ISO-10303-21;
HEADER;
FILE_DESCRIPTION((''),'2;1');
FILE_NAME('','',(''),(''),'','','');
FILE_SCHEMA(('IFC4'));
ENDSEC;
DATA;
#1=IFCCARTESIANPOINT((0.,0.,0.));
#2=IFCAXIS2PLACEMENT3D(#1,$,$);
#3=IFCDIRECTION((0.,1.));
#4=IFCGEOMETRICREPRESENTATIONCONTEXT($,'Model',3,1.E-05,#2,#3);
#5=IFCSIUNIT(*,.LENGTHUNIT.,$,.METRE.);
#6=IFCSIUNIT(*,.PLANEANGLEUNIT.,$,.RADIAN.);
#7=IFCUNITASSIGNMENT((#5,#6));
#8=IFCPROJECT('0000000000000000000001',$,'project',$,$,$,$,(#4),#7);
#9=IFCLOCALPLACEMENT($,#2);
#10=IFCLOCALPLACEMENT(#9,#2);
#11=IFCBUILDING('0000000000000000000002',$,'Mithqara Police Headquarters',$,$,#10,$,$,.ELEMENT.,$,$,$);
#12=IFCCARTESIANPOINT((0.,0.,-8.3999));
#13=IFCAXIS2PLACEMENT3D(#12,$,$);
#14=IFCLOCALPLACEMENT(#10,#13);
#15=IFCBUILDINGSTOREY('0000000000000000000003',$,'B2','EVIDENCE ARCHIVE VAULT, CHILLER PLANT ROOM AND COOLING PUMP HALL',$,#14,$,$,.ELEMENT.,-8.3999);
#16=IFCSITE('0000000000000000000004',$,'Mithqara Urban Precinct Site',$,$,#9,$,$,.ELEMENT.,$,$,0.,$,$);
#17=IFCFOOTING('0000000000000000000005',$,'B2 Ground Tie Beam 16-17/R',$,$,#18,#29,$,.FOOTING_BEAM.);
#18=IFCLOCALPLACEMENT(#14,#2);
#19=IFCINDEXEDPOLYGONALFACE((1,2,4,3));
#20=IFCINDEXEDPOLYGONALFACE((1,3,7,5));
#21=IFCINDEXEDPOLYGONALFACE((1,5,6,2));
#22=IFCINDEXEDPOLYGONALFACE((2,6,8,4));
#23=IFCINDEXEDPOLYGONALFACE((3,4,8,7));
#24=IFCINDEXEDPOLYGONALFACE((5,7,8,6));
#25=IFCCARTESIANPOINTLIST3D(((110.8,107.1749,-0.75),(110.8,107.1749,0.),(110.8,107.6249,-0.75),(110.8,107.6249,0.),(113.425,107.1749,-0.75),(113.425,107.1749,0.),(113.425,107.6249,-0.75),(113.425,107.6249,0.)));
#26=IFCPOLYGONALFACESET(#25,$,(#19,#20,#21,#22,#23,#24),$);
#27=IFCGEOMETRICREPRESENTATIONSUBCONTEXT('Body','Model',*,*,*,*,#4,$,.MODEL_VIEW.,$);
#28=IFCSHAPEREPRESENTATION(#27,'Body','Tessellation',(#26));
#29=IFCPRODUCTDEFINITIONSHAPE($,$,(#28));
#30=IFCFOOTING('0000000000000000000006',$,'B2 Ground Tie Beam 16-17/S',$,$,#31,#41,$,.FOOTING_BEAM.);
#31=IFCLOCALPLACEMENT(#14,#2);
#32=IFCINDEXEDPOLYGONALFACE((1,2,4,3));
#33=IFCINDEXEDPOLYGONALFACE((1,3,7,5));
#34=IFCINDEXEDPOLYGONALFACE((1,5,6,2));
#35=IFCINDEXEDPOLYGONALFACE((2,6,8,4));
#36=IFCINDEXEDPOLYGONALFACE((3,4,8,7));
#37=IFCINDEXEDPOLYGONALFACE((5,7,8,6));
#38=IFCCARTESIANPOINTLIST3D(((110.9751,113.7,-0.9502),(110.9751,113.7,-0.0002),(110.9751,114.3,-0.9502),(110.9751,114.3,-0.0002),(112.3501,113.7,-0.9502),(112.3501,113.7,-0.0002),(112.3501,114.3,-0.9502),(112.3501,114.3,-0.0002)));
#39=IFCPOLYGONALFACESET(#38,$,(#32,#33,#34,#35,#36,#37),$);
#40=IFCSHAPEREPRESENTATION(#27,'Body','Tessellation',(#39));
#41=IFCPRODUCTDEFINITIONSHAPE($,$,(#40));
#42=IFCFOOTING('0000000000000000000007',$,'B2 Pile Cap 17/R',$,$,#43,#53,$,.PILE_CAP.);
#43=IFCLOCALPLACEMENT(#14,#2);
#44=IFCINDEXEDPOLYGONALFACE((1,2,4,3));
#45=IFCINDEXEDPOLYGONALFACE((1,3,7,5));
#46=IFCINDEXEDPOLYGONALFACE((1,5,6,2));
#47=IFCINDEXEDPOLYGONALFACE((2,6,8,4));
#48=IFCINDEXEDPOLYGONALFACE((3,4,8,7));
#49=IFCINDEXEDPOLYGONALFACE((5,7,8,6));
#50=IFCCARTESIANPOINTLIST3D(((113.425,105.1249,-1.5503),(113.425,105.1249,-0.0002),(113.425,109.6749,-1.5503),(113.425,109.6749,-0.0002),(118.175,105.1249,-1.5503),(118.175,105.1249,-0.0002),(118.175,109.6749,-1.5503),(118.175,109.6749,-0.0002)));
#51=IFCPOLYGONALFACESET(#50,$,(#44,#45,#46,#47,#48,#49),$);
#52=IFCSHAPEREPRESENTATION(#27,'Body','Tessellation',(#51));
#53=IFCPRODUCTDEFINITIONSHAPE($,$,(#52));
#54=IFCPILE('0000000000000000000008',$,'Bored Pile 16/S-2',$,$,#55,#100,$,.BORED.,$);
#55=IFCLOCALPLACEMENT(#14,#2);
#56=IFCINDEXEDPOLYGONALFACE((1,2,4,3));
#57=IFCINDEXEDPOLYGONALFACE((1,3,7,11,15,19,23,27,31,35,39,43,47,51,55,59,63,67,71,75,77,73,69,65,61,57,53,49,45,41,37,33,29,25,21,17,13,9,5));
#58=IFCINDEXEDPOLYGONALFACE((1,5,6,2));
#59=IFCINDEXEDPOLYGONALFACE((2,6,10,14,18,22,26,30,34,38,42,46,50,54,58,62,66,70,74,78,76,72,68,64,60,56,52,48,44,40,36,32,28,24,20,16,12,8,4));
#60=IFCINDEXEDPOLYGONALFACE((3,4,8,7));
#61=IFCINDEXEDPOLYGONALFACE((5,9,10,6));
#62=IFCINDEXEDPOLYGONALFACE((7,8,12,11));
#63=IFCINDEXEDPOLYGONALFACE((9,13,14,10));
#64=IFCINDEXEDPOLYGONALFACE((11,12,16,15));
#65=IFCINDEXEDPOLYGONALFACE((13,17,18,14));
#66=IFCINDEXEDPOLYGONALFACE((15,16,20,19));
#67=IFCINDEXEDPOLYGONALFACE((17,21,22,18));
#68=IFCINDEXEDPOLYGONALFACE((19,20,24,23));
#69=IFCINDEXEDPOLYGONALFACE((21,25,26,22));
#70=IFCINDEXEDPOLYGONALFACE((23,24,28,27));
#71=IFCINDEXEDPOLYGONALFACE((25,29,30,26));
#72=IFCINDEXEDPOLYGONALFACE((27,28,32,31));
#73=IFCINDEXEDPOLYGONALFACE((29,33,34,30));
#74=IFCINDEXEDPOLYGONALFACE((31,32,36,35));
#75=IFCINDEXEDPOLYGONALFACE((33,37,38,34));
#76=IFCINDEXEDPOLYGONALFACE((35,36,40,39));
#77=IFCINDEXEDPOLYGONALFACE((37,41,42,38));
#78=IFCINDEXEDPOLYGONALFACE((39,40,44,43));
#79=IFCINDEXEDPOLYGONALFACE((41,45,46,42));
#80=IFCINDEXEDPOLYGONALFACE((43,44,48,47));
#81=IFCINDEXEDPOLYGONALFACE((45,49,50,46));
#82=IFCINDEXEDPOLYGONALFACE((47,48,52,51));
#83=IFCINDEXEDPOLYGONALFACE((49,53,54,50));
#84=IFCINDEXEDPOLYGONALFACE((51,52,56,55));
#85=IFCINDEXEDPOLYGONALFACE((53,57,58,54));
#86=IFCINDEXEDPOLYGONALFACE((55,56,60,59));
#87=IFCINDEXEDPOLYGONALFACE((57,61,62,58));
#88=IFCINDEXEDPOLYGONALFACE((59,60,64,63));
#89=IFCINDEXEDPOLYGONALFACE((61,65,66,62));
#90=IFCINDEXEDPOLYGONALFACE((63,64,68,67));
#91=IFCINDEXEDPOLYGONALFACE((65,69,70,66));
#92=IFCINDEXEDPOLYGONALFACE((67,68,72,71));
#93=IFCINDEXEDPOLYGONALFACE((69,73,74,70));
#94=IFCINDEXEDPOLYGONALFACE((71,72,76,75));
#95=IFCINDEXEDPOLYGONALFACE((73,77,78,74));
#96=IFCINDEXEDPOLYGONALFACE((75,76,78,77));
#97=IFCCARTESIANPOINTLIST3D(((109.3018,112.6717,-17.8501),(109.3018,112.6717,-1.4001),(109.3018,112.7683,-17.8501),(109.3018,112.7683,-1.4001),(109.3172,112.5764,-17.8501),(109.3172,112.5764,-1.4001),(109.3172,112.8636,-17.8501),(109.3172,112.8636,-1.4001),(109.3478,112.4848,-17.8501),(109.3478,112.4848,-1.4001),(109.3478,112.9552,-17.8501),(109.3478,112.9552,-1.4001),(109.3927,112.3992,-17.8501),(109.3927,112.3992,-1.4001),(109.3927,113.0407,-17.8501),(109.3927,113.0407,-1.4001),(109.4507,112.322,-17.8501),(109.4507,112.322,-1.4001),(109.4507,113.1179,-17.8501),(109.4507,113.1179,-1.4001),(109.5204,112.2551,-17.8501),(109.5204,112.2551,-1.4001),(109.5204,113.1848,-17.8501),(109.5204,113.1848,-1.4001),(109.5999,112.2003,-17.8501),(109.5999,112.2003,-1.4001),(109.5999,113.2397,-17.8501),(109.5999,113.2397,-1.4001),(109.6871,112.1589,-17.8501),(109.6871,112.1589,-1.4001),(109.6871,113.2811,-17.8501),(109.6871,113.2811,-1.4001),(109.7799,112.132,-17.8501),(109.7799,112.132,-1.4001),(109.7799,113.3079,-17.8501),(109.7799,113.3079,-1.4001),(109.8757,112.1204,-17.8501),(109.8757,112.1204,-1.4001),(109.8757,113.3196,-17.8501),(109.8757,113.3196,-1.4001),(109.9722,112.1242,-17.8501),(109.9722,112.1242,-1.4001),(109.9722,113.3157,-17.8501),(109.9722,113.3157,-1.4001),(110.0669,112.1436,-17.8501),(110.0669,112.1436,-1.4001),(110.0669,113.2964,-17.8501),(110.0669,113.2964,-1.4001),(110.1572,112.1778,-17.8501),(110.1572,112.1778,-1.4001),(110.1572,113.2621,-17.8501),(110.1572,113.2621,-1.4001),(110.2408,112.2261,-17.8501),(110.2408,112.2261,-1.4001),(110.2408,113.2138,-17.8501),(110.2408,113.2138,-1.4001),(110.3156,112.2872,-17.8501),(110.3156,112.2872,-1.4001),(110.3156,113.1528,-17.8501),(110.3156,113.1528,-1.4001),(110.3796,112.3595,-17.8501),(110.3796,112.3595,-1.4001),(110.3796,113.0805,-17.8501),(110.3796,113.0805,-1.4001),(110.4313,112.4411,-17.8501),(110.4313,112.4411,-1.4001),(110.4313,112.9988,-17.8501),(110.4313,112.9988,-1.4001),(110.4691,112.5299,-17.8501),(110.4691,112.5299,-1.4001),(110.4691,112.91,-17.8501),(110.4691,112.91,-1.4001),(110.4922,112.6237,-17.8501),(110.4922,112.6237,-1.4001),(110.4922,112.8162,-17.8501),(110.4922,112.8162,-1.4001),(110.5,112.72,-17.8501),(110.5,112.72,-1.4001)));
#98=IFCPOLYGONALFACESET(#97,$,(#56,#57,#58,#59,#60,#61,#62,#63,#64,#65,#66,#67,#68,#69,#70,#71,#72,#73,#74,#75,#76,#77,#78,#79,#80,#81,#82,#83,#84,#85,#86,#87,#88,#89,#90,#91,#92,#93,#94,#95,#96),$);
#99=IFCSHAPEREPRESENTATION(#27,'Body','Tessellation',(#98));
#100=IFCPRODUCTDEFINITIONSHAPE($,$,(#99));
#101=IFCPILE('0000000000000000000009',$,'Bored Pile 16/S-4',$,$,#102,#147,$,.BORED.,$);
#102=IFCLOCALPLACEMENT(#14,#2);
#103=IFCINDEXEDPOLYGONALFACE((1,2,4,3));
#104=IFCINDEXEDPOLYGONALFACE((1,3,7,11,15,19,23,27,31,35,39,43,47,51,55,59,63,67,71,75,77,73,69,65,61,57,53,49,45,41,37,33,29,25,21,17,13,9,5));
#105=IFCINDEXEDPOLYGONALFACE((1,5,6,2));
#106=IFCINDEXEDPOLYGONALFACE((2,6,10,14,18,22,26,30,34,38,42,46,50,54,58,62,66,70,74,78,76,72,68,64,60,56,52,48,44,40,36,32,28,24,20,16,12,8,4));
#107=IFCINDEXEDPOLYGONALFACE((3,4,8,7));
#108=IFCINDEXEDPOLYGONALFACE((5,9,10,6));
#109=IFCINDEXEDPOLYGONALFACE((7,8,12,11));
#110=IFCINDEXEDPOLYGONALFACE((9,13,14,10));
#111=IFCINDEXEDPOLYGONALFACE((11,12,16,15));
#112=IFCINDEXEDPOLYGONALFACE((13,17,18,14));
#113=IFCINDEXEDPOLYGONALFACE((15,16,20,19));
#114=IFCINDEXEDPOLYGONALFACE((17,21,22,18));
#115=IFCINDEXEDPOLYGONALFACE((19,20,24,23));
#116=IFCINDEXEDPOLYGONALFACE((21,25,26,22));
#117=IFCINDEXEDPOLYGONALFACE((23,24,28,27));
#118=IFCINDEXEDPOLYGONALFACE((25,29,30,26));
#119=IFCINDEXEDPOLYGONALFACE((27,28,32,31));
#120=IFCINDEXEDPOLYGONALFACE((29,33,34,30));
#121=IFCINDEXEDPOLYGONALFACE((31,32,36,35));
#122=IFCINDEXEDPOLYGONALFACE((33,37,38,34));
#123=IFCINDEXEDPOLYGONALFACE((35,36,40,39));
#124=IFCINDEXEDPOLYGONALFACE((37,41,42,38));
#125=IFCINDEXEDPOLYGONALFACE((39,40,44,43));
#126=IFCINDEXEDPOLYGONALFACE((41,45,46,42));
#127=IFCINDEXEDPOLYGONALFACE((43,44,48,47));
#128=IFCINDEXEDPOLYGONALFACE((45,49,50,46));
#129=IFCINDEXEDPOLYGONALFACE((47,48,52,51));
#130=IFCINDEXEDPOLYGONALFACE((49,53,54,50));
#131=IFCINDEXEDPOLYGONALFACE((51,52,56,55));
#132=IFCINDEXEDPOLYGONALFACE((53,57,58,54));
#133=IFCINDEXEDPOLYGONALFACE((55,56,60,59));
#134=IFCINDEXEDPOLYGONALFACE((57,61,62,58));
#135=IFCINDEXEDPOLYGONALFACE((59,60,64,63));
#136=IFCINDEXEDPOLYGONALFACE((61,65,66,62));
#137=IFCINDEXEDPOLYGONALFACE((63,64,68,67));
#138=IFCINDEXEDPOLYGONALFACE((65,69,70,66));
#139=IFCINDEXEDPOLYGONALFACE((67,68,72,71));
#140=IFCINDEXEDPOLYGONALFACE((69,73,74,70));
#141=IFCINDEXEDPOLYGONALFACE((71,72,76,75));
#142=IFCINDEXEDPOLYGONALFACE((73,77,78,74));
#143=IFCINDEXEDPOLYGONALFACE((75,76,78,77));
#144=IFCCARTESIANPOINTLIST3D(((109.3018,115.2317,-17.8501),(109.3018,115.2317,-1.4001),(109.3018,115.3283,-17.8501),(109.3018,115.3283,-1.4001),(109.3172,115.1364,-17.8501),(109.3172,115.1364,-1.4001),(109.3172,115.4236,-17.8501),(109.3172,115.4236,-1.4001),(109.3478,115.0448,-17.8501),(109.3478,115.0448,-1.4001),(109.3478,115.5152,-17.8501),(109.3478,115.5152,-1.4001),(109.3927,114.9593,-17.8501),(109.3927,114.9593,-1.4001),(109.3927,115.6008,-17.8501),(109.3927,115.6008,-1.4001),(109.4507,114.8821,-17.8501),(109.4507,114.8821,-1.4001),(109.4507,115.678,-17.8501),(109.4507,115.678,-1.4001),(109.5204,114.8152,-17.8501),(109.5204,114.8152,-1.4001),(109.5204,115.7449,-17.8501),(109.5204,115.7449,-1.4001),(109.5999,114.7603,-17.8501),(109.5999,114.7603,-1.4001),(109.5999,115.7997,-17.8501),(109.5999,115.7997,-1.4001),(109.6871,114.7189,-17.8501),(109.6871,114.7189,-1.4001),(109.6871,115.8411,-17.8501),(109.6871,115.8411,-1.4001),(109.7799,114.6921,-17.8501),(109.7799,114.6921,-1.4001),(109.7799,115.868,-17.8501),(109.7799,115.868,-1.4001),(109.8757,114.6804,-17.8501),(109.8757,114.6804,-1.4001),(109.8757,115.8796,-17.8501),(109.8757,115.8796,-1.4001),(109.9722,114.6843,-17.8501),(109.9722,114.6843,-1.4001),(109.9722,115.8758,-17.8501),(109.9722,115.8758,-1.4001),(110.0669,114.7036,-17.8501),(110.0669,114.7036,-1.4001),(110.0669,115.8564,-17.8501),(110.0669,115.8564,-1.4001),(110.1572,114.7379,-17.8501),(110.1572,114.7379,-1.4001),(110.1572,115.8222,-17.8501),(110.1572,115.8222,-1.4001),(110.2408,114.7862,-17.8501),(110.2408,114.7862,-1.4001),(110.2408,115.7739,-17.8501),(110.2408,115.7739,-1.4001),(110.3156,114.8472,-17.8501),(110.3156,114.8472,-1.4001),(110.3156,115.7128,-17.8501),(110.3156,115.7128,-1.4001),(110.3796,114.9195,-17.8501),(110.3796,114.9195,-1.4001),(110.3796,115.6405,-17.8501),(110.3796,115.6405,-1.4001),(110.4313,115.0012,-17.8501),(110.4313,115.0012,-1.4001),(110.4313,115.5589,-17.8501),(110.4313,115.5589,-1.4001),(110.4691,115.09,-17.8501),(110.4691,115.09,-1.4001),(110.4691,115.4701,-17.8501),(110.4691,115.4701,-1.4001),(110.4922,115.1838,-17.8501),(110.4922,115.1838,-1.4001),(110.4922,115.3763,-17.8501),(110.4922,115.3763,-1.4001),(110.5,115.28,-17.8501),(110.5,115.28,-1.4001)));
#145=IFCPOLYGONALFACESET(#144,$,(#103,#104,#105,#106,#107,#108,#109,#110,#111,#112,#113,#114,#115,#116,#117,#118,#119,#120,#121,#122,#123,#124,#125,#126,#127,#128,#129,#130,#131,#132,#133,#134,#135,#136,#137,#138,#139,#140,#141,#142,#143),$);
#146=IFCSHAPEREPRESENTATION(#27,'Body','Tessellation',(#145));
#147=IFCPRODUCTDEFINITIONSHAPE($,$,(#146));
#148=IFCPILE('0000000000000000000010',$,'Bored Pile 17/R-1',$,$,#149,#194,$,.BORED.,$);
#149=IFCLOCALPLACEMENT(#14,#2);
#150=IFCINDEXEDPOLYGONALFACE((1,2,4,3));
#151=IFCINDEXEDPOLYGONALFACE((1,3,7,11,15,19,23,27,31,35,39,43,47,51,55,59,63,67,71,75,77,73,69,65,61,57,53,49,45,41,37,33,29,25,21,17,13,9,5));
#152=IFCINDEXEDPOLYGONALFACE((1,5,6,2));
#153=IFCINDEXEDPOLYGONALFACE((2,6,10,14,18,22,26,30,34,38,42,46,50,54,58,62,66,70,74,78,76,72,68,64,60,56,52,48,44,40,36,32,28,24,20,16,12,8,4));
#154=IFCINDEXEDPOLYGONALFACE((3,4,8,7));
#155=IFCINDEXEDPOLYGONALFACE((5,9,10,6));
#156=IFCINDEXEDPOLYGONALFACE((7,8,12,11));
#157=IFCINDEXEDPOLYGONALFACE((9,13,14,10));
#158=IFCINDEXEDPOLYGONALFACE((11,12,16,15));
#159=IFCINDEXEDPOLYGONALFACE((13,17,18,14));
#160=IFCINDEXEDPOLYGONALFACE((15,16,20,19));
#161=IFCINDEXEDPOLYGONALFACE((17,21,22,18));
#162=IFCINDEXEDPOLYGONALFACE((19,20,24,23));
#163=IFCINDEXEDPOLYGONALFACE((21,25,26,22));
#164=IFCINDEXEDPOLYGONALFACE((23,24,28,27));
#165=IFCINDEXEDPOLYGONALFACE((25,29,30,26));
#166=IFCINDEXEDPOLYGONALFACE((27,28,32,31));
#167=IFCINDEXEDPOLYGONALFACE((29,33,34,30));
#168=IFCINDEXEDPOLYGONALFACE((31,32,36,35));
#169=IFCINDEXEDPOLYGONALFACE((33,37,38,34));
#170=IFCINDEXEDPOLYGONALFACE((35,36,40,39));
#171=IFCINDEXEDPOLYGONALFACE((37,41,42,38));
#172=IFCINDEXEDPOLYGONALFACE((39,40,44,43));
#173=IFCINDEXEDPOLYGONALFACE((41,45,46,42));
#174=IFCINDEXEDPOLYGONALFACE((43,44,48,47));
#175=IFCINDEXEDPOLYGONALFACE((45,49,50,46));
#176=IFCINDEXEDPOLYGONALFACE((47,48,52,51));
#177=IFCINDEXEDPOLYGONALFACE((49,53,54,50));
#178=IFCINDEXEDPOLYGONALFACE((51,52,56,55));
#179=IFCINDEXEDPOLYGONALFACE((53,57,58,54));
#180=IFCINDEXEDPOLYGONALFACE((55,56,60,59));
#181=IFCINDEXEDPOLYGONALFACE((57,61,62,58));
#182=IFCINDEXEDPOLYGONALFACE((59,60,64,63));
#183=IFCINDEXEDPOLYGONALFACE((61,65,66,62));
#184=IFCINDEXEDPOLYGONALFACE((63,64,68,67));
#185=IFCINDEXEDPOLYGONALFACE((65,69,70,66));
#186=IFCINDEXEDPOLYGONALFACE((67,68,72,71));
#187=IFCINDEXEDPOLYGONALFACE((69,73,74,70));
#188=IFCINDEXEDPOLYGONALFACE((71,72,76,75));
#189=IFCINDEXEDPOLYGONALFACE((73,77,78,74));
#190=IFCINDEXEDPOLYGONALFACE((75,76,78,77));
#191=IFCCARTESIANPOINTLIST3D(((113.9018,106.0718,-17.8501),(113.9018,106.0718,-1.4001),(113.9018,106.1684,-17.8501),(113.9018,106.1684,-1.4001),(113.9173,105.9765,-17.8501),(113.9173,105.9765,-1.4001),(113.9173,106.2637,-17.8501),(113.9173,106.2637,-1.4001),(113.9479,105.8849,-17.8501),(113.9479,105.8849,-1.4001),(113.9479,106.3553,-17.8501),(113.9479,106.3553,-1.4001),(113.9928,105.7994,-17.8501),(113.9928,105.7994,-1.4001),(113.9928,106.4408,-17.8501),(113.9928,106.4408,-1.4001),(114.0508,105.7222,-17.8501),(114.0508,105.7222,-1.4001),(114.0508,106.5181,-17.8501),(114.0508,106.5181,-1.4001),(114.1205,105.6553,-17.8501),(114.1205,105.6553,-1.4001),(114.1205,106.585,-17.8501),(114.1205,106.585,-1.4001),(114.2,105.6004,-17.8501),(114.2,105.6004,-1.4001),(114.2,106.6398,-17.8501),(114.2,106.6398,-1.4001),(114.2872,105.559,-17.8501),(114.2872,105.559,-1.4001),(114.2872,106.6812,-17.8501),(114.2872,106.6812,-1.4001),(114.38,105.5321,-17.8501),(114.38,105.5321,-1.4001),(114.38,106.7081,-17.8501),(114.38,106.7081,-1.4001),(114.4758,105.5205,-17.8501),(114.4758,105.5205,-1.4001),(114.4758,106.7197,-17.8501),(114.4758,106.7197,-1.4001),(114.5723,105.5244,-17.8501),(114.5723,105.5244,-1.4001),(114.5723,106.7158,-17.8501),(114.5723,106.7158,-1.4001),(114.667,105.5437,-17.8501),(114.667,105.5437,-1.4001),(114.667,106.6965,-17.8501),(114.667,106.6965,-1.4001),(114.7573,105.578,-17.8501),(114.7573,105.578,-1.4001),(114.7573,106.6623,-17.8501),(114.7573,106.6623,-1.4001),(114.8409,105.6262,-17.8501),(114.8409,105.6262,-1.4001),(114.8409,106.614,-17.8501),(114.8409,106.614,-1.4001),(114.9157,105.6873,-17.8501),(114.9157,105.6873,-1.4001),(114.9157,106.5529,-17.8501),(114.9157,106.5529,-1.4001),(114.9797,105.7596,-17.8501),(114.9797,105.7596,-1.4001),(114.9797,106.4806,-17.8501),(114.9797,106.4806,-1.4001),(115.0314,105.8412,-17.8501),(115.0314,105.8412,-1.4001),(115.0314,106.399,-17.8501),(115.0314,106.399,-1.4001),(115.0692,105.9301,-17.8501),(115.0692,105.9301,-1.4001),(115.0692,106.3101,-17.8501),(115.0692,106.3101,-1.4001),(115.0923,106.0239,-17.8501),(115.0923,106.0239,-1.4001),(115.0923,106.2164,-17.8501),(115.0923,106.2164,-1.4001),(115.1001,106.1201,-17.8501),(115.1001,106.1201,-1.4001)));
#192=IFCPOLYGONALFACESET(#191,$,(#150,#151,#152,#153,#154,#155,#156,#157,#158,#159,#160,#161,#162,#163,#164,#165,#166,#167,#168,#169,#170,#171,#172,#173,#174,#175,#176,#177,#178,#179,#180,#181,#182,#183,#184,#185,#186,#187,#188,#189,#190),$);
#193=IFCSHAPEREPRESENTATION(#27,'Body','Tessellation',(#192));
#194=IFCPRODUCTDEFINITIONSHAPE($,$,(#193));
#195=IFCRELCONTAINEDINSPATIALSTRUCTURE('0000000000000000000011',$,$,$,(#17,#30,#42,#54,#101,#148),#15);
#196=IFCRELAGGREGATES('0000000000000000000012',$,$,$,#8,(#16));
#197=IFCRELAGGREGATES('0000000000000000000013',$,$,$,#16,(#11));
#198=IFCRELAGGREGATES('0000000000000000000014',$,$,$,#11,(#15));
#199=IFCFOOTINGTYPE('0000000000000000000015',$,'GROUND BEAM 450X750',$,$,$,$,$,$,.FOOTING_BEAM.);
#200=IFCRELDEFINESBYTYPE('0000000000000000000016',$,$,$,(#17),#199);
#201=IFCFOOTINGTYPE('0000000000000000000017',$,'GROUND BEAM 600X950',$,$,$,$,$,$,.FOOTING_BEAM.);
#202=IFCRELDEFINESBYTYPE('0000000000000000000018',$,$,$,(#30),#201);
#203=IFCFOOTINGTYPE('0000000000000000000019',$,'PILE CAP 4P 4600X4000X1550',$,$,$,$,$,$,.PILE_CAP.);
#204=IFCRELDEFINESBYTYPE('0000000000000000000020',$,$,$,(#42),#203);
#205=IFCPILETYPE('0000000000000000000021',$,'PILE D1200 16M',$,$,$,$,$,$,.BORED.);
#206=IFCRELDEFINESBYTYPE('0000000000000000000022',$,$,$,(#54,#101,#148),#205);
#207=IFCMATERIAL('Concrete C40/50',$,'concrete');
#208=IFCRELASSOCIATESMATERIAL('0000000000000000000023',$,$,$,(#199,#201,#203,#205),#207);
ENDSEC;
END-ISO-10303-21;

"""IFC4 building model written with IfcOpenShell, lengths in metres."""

from ifc_helpers import new_model, si_unit, direction, frame, origin, origin_2d, place, context, subcontext, project, spatial, rectangle, circle, extrude, material, material_profile, profile_set, type_object, element, save


model = new_model("IFC4")

# Units and contexts
model_context = context("Model", 3, precision=1e-05, world=origin(), true_north=direction((0.0, 1.0)))
body_context = subcontext(model_context, "Body", "Model", "MODEL_VIEW")
ifc_project = project(units=[si_unit("LENGTHUNIT", "METRE"), si_unit("PLANEANGLEUNIT", "RADIAN")], contexts=[model_context])

# Site, building, storey
site_placement = place(None, origin())
site = spatial("IfcSite", under=ifc_project, at=site_placement, Name="Mithqara Urban Precinct Site", CompositionType="ELEMENT", RefElevation=0.0)
building_placement = place(site_placement, origin())
building = spatial("IfcBuilding", under=site, at=building_placement, Name="Mithqara Police Headquarters", CompositionType="ELEMENT")
storey_placement = place(building_placement, frame((0.0, 0.0, -8.3999)))
storey = spatial("IfcBuildingStorey", under=building, at=storey_placement, Name="B2", Description="EVIDENCE ARCHIVE VAULT, CHILLER PLANT ROOM AND COOLING PUMP HALL", CompositionType="ELEMENT", Elevation=-8.3999)

# Footings
ifc_material_1 = material(Name="Concrete C40/50", Category="concrete")
footing_type_1 = type_object("IfcFootingType", Name="GROUND BEAM 450X750", PredefinedType="FOOTING_BEAM", material=ifc_material_1)
footing_1_placement = place(storey_placement, frame((112.1125, 107.3999, -0.75), z_axis=(0.0, 0.0, 1.0), x_axis=(1.0, 0.0, 0.0)))
element("IfcFooting", 1, at=footing_1_placement, inside=storey, type_object=footing_type_1, Name="B2 Ground Tie Beam 16-17/R", PredefinedType="FOOTING_BEAM", context=body_context, shape_type="SweptSolid", body=[
    extrude(rectangle(XDim=2.625, YDim=0.45, at=origin_2d()), origin(), (0.0, 0.0, 1.0), 0.75),
])
footing_type_2 = type_object("IfcFootingType", Name="GROUND BEAM 600X950", PredefinedType="FOOTING_BEAM", material=ifc_material_1)
footing_2_placement = place(storey_placement, frame((111.6626, 114.0, -0.9502), z_axis=(0.0, 0.0, 1.0), x_axis=(1.0, 0.0, 0.0)))
element("IfcFooting", 2, at=footing_2_placement, inside=storey, type_object=footing_type_2, Name="B2 Ground Tie Beam 16-17/S", PredefinedType="FOOTING_BEAM", context=body_context, shape_type="SweptSolid", body=[
    extrude(rectangle(XDim=1.375, YDim=0.6001, at=origin_2d()), origin(), (0.0, 0.0, 1.0), 0.95),
])
footing_type_3 = type_object("IfcFootingType", Name="PILE CAP 4P 4600X4000X1550", PredefinedType="PILE_CAP", material=ifc_material_1)
footing_3_placement = place(storey_placement, frame((115.8, 107.3999, -1.5503), z_axis=(0.0, 0.0, 1.0), x_axis=(1.0, 0.0, 0.0)))
element("IfcFooting", 3, at=footing_3_placement, inside=storey, type_object=footing_type_3, Name="B2 Pile Cap 17/R", PredefinedType="PILE_CAP", context=body_context, shape_type="SweptSolid", body=[
    extrude(rectangle(XDim=4.75, YDim=4.55, at=origin_2d()), origin(), (0.0, 0.0, 1.0), 1.55),
])

# Piles
ifc_material_profile_1 = material_profile(ifc_material_1, circle(Radius=0.6001, at=origin_2d()), Name="PILE D1200")
ifc_profile_set_1 = profile_set([ifc_material_profile_1], Name="Concrete C40/50")
pile_type_1 = type_object("IfcPileType", Name="PILE D1200 16M", PredefinedType="BORED", material=ifc_profile_set_1)
for number, where, z_axis, x_axis, name in (
    (4, (109.8999, 112.72, -1.4001), (0.0, 0.0, -1.0), (1.0, 0.0, 0.0), "Bored Pile 16/S-2"),
    (5, (109.8999, 115.28, -1.4001), (0.0, 0.0, -1.0), (1.0, 0.0, 0.0), "Bored Pile 16/S-4"),
    (6, (114.5, 106.1201, -1.4001), (0.0, 0.0, -1.0), (1.0, 0.0, 0.0), "Bored Pile 17/R-1"),
):
    element("IfcPile", number, at=place(storey_placement, frame(where, z_axis=z_axis, x_axis=x_axis)), inside=storey, type_object=pile_type_1, Name=name, PredefinedType="BORED", context=body_context, shape_type="SweptSolid", body=[
        extrude(circle(Radius=0.6001, at=origin_2d()), origin(), (0.0, 0.0, 1.0), 16.45),
    ])

save(model, "model.ifc")
